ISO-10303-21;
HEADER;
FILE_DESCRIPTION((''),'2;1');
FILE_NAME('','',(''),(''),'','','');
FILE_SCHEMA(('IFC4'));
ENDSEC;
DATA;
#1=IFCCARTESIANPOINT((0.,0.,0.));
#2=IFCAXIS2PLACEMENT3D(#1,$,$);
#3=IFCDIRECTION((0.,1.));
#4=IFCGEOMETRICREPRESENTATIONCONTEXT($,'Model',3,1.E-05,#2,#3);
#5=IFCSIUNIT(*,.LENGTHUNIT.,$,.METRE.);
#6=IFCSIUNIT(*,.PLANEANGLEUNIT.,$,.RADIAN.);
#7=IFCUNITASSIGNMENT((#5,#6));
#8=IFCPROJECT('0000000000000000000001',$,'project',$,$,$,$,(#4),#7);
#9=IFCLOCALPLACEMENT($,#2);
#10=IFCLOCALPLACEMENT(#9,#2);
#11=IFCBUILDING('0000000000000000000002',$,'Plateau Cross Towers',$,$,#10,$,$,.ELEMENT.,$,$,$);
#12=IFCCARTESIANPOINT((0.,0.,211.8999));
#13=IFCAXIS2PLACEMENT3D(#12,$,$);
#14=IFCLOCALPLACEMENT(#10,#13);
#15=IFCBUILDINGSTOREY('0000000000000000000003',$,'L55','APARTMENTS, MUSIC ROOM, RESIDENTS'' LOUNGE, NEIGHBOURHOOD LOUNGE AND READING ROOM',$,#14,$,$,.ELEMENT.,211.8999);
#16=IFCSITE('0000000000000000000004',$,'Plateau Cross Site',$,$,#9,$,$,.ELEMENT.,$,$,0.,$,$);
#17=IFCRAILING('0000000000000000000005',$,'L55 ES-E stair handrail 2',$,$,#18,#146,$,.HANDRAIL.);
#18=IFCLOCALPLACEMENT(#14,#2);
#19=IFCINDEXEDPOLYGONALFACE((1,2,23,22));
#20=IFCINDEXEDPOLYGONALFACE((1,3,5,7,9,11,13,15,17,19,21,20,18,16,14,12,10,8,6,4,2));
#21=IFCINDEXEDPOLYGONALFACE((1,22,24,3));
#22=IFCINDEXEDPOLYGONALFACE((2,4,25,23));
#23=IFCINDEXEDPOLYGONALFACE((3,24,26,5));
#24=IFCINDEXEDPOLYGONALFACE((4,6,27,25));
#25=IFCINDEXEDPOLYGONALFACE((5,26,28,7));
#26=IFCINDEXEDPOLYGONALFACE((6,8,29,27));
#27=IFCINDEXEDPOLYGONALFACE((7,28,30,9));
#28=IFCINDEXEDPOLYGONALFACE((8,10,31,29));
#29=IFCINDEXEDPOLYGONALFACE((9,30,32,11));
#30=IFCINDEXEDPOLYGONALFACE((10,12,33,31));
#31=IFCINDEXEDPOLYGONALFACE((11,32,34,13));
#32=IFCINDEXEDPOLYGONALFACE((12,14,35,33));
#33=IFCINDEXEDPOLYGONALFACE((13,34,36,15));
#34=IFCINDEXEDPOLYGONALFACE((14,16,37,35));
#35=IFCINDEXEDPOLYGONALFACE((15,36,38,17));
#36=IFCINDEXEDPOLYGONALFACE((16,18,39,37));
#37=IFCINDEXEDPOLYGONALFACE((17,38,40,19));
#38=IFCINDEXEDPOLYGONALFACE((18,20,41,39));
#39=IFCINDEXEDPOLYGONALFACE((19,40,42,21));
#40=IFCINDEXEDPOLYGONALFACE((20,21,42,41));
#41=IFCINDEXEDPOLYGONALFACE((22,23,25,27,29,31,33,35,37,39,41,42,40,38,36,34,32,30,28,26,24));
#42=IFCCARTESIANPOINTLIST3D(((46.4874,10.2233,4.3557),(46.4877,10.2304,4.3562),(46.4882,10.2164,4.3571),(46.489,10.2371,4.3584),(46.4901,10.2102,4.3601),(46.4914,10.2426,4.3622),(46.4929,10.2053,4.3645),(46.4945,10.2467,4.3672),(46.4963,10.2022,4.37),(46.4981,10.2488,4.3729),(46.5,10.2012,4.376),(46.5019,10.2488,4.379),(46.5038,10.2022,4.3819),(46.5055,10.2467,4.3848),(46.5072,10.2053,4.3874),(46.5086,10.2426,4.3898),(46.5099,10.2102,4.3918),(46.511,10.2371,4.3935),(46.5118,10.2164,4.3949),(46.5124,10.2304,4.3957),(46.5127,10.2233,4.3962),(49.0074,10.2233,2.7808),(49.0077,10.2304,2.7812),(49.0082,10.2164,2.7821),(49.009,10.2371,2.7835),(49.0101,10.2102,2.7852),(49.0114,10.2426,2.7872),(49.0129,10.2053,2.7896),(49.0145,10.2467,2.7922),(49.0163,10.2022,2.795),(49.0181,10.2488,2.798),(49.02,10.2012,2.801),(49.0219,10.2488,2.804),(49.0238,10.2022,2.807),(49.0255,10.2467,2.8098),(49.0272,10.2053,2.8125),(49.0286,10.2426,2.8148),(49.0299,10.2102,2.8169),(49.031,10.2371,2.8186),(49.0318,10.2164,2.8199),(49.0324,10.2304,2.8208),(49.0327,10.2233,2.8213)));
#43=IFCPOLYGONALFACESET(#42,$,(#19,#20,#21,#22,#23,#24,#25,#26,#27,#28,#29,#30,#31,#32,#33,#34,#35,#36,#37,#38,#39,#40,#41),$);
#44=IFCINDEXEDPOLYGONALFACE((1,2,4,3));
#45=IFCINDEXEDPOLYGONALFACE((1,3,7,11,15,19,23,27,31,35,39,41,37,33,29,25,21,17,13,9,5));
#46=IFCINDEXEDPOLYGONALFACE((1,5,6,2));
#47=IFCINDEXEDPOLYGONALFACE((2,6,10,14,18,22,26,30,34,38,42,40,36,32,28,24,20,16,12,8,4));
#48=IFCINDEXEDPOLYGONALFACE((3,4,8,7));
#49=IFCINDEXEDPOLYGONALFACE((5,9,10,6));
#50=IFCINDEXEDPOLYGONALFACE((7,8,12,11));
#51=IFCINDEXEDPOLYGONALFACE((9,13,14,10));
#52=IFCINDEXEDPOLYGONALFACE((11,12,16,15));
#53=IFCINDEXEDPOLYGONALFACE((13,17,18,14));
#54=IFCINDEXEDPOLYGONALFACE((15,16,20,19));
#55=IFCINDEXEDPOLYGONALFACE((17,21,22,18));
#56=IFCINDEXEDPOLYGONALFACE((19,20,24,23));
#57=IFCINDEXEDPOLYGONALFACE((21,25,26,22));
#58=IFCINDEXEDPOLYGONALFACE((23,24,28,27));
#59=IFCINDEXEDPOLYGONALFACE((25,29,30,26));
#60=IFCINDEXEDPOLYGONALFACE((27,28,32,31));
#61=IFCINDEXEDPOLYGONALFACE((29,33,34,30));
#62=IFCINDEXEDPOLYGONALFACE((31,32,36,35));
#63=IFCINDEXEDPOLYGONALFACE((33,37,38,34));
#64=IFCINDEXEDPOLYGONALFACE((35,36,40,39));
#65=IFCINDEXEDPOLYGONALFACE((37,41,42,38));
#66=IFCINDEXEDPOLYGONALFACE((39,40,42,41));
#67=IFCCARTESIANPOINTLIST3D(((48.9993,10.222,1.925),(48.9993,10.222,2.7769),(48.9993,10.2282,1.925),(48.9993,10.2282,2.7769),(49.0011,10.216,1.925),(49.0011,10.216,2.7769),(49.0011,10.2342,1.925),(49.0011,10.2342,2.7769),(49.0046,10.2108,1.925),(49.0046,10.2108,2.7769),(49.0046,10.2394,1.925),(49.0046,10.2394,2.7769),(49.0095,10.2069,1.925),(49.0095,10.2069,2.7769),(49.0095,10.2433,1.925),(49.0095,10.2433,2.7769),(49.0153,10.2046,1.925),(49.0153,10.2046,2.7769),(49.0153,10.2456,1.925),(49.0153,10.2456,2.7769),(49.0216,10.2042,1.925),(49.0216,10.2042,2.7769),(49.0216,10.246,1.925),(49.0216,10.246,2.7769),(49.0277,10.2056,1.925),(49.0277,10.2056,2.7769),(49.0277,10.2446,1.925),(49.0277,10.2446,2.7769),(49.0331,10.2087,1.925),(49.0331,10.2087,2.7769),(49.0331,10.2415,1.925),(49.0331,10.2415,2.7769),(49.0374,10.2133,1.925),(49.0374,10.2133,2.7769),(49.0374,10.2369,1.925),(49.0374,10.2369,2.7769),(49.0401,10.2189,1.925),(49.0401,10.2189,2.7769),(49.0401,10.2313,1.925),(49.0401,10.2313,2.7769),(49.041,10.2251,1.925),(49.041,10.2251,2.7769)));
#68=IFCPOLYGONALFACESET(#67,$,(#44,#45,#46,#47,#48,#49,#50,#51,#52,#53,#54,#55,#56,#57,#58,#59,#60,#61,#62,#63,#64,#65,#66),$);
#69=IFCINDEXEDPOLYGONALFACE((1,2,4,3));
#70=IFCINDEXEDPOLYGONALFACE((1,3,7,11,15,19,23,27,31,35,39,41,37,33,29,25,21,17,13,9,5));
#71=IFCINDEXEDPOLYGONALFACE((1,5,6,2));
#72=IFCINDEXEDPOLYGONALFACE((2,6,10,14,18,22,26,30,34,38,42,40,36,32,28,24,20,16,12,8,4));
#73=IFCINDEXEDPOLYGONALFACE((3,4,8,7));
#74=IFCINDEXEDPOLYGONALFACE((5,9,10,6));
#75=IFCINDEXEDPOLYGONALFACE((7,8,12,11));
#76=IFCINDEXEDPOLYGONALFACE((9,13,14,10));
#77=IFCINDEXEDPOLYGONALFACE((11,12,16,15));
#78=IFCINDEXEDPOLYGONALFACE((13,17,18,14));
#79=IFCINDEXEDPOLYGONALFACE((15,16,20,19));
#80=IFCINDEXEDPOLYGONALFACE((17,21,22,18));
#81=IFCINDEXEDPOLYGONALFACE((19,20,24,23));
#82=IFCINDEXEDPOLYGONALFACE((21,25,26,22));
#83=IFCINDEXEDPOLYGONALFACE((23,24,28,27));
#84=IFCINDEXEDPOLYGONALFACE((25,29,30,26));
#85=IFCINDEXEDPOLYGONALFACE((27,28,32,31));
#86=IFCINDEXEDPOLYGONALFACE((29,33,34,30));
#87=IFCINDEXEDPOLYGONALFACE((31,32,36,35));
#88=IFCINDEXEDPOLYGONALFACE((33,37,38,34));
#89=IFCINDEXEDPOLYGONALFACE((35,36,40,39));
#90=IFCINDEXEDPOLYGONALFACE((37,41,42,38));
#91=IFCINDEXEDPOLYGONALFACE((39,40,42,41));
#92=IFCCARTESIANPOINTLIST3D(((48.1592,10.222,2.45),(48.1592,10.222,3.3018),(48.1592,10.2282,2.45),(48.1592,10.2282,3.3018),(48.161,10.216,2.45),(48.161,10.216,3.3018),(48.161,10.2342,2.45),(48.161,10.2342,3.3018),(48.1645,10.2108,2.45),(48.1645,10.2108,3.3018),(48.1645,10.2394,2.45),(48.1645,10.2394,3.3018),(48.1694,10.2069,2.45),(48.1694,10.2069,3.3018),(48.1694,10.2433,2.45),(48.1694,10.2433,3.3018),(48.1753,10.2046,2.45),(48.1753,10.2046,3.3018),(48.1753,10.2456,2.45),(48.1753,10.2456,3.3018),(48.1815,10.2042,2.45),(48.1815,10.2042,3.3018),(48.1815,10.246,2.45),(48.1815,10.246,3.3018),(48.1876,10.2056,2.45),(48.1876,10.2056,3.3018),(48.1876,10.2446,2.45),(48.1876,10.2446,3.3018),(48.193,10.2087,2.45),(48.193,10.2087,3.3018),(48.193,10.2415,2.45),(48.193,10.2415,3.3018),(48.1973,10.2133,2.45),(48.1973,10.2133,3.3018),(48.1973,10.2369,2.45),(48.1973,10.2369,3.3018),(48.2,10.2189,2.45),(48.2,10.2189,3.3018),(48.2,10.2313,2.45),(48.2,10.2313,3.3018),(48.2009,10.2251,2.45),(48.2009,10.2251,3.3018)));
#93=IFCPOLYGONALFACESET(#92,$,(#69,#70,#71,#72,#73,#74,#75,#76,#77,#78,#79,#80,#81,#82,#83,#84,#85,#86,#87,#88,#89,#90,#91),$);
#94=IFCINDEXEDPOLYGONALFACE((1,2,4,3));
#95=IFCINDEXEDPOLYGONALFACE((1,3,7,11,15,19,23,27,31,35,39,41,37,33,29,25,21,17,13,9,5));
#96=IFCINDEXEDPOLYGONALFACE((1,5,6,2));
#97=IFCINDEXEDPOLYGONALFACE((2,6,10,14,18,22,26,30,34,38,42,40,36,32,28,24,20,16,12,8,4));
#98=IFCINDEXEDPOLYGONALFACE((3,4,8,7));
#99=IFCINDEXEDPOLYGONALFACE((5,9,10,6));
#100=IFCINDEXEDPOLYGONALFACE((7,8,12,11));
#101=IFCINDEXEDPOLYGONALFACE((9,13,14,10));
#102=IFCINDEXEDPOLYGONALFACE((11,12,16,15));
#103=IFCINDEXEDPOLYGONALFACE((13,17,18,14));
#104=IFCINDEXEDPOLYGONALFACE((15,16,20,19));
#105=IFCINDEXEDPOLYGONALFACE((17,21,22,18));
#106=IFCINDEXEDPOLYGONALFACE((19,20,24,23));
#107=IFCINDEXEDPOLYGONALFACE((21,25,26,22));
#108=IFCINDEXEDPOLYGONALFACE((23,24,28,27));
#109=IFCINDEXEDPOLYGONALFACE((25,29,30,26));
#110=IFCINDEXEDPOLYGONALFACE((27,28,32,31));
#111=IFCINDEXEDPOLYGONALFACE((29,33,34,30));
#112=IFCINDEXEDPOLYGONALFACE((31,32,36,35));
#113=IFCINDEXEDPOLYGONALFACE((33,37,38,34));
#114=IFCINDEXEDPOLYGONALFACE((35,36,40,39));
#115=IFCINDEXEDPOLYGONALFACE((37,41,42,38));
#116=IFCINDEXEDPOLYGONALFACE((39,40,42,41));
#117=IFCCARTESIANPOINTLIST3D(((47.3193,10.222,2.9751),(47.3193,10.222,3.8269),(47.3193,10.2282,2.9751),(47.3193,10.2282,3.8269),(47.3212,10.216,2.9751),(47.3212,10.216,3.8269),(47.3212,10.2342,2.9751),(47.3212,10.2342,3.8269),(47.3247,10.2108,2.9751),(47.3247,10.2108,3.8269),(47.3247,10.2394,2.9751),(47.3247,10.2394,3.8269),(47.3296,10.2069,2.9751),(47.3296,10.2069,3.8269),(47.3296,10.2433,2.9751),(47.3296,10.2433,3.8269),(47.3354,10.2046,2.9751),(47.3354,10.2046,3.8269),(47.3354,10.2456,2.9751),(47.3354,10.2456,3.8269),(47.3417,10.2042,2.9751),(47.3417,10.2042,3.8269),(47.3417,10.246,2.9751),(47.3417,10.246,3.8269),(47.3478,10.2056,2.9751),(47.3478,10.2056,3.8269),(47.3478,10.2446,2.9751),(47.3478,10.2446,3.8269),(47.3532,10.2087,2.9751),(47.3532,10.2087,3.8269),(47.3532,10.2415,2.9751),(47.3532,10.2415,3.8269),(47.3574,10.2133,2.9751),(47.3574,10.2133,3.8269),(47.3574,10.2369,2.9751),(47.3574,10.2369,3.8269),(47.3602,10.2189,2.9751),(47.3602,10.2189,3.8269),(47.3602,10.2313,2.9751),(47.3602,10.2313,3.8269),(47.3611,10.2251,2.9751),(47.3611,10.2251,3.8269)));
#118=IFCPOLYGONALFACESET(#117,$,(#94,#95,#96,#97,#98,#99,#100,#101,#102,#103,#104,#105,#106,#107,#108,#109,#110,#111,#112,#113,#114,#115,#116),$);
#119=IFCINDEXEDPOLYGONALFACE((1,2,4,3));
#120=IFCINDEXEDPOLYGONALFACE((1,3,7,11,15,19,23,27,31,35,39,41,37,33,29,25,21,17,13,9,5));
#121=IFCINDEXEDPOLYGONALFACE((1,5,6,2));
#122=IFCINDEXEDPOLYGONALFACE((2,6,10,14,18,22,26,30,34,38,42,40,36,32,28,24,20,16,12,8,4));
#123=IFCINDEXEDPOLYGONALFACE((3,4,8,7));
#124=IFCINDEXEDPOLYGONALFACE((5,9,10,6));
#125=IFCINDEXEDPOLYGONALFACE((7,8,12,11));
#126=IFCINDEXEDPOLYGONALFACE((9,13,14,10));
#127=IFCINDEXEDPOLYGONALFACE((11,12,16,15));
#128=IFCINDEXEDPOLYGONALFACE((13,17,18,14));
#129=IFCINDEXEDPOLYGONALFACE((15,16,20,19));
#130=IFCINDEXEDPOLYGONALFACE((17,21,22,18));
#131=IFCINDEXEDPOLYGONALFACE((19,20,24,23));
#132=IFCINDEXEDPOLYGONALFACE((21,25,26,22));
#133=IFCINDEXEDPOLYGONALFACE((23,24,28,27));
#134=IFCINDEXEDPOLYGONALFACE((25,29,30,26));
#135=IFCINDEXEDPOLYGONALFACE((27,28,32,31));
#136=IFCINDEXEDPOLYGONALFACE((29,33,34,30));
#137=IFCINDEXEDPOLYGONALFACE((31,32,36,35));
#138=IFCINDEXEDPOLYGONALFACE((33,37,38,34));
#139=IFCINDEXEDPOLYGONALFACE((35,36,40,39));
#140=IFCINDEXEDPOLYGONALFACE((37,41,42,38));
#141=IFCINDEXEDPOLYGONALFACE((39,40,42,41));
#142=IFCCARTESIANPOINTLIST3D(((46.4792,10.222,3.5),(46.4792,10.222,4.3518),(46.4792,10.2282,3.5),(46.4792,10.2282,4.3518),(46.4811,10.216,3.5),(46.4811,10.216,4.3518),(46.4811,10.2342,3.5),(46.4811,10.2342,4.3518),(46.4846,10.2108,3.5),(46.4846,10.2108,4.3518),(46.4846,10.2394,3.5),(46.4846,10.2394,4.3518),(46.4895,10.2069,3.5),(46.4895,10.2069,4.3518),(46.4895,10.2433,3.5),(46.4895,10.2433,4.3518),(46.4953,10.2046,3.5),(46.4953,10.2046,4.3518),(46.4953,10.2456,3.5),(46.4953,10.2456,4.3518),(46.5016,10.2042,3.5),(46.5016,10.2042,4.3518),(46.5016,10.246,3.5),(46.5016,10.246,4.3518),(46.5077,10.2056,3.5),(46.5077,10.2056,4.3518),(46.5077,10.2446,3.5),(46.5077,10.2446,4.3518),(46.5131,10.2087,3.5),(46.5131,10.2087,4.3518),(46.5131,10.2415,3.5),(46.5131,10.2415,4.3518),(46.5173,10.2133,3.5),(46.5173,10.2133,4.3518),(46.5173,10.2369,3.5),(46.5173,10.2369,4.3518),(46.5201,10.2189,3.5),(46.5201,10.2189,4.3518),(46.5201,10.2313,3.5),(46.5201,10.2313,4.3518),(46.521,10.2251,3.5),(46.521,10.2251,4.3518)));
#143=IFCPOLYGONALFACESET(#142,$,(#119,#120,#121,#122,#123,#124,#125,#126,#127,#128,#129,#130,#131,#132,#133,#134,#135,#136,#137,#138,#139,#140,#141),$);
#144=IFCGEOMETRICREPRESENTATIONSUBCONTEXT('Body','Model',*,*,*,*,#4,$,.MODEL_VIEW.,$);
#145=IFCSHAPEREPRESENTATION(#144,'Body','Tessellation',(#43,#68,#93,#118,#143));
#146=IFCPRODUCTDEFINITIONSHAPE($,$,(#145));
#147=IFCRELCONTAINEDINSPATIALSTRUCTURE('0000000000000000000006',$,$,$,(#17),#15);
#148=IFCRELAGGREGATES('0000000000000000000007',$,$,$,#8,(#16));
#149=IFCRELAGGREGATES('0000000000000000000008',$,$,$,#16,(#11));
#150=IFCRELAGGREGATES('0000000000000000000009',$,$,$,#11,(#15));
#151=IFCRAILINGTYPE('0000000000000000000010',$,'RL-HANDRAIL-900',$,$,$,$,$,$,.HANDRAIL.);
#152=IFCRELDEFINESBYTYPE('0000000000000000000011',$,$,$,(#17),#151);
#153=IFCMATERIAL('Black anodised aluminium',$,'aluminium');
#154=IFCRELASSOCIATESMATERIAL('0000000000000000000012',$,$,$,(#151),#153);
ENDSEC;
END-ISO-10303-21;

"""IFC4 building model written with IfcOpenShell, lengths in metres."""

from ifc_helpers import new_model, si_unit, direction, frame, origin, origin_2d, place, context, subcontext, project, spatial, circle, extrude, material, type_object, element, save


model = new_model("IFC4")

# Units and contexts
model_context = context("Model", 3, precision=1e-05, world=origin(), true_north=direction((0.0, 1.0)))
body_context = subcontext(model_context, "Body", "Model", "MODEL_VIEW")
ifc_project = project(units=[si_unit("LENGTHUNIT", "METRE"), si_unit("PLANEANGLEUNIT", "RADIAN")], contexts=[model_context])

# Site, building, storey
site_placement = place(None, origin())
site = spatial("IfcSite", under=ifc_project, at=site_placement, Name="Plateau Cross Site", CompositionType="ELEMENT", RefElevation=0.0)
building_placement = place(site_placement, origin())
building = spatial("IfcBuilding", under=site, at=building_placement, Name="Plateau Cross Towers", CompositionType="ELEMENT")
storey_placement = place(building_placement, frame((0.0, 0.0, 211.8999)))
storey = spatial("IfcBuildingStorey", under=building, at=storey_placement, Name="L55", Description="APARTMENTS, MUSIC ROOM, RESIDENTS' LOUNGE, NEIGHBOURHOOD LOUNGE AND READING ROOM", CompositionType="ELEMENT", Elevation=211.8999)

# Shared definitions
ifc_material_1 = material(Name="Black anodised aluminium", Category="aluminium")

# Railing
railing_type_1 = type_object("IfcRailingType", Name="RL-HANDRAIL-900", PredefinedType="HANDRAIL", material=ifc_material_1)
railing_1_placement = place(storey_placement, frame((49.02, 10.2251, 1.925)))
element("IfcRailing", 1, at=railing_1_placement, inside=storey, type_object=railing_type_1, Name="L55 ES-E stair handrail 2", PredefinedType="HANDRAIL", context=body_context, shape_type="SweptSolid", body=[
    extrude(circle(Radius=0.0239, at=origin_2d()), frame((0.0, 0.0, 0.876), z_axis=(-0.848008, 0.0, 0.529984), x_axis=(0.0, -1.0, 0.0)), (0.0, 0.0, 1.0), 2.9717),
    extrude(circle(Radius=0.021, at=origin_2d()), origin(), (0.0, 0.0, 1.0), 0.8518),
    extrude(circle(Radius=0.021, at=origin_2d()), frame((-0.8401, 0.0, 0.5249)), (0.0, 0.0, 1.0), 0.8518),
    extrude(circle(Radius=0.021, at=origin_2d()), frame((-1.6799, 0.0, 1.05)), (0.0, 0.0, 1.0), 0.8518),
    extrude(circle(Radius=0.021, at=origin_2d()), frame((-2.52, 0.0, 1.575)), (0.0, 0.0, 1.0), 0.8518),
])

save(model, "model.ifc")
